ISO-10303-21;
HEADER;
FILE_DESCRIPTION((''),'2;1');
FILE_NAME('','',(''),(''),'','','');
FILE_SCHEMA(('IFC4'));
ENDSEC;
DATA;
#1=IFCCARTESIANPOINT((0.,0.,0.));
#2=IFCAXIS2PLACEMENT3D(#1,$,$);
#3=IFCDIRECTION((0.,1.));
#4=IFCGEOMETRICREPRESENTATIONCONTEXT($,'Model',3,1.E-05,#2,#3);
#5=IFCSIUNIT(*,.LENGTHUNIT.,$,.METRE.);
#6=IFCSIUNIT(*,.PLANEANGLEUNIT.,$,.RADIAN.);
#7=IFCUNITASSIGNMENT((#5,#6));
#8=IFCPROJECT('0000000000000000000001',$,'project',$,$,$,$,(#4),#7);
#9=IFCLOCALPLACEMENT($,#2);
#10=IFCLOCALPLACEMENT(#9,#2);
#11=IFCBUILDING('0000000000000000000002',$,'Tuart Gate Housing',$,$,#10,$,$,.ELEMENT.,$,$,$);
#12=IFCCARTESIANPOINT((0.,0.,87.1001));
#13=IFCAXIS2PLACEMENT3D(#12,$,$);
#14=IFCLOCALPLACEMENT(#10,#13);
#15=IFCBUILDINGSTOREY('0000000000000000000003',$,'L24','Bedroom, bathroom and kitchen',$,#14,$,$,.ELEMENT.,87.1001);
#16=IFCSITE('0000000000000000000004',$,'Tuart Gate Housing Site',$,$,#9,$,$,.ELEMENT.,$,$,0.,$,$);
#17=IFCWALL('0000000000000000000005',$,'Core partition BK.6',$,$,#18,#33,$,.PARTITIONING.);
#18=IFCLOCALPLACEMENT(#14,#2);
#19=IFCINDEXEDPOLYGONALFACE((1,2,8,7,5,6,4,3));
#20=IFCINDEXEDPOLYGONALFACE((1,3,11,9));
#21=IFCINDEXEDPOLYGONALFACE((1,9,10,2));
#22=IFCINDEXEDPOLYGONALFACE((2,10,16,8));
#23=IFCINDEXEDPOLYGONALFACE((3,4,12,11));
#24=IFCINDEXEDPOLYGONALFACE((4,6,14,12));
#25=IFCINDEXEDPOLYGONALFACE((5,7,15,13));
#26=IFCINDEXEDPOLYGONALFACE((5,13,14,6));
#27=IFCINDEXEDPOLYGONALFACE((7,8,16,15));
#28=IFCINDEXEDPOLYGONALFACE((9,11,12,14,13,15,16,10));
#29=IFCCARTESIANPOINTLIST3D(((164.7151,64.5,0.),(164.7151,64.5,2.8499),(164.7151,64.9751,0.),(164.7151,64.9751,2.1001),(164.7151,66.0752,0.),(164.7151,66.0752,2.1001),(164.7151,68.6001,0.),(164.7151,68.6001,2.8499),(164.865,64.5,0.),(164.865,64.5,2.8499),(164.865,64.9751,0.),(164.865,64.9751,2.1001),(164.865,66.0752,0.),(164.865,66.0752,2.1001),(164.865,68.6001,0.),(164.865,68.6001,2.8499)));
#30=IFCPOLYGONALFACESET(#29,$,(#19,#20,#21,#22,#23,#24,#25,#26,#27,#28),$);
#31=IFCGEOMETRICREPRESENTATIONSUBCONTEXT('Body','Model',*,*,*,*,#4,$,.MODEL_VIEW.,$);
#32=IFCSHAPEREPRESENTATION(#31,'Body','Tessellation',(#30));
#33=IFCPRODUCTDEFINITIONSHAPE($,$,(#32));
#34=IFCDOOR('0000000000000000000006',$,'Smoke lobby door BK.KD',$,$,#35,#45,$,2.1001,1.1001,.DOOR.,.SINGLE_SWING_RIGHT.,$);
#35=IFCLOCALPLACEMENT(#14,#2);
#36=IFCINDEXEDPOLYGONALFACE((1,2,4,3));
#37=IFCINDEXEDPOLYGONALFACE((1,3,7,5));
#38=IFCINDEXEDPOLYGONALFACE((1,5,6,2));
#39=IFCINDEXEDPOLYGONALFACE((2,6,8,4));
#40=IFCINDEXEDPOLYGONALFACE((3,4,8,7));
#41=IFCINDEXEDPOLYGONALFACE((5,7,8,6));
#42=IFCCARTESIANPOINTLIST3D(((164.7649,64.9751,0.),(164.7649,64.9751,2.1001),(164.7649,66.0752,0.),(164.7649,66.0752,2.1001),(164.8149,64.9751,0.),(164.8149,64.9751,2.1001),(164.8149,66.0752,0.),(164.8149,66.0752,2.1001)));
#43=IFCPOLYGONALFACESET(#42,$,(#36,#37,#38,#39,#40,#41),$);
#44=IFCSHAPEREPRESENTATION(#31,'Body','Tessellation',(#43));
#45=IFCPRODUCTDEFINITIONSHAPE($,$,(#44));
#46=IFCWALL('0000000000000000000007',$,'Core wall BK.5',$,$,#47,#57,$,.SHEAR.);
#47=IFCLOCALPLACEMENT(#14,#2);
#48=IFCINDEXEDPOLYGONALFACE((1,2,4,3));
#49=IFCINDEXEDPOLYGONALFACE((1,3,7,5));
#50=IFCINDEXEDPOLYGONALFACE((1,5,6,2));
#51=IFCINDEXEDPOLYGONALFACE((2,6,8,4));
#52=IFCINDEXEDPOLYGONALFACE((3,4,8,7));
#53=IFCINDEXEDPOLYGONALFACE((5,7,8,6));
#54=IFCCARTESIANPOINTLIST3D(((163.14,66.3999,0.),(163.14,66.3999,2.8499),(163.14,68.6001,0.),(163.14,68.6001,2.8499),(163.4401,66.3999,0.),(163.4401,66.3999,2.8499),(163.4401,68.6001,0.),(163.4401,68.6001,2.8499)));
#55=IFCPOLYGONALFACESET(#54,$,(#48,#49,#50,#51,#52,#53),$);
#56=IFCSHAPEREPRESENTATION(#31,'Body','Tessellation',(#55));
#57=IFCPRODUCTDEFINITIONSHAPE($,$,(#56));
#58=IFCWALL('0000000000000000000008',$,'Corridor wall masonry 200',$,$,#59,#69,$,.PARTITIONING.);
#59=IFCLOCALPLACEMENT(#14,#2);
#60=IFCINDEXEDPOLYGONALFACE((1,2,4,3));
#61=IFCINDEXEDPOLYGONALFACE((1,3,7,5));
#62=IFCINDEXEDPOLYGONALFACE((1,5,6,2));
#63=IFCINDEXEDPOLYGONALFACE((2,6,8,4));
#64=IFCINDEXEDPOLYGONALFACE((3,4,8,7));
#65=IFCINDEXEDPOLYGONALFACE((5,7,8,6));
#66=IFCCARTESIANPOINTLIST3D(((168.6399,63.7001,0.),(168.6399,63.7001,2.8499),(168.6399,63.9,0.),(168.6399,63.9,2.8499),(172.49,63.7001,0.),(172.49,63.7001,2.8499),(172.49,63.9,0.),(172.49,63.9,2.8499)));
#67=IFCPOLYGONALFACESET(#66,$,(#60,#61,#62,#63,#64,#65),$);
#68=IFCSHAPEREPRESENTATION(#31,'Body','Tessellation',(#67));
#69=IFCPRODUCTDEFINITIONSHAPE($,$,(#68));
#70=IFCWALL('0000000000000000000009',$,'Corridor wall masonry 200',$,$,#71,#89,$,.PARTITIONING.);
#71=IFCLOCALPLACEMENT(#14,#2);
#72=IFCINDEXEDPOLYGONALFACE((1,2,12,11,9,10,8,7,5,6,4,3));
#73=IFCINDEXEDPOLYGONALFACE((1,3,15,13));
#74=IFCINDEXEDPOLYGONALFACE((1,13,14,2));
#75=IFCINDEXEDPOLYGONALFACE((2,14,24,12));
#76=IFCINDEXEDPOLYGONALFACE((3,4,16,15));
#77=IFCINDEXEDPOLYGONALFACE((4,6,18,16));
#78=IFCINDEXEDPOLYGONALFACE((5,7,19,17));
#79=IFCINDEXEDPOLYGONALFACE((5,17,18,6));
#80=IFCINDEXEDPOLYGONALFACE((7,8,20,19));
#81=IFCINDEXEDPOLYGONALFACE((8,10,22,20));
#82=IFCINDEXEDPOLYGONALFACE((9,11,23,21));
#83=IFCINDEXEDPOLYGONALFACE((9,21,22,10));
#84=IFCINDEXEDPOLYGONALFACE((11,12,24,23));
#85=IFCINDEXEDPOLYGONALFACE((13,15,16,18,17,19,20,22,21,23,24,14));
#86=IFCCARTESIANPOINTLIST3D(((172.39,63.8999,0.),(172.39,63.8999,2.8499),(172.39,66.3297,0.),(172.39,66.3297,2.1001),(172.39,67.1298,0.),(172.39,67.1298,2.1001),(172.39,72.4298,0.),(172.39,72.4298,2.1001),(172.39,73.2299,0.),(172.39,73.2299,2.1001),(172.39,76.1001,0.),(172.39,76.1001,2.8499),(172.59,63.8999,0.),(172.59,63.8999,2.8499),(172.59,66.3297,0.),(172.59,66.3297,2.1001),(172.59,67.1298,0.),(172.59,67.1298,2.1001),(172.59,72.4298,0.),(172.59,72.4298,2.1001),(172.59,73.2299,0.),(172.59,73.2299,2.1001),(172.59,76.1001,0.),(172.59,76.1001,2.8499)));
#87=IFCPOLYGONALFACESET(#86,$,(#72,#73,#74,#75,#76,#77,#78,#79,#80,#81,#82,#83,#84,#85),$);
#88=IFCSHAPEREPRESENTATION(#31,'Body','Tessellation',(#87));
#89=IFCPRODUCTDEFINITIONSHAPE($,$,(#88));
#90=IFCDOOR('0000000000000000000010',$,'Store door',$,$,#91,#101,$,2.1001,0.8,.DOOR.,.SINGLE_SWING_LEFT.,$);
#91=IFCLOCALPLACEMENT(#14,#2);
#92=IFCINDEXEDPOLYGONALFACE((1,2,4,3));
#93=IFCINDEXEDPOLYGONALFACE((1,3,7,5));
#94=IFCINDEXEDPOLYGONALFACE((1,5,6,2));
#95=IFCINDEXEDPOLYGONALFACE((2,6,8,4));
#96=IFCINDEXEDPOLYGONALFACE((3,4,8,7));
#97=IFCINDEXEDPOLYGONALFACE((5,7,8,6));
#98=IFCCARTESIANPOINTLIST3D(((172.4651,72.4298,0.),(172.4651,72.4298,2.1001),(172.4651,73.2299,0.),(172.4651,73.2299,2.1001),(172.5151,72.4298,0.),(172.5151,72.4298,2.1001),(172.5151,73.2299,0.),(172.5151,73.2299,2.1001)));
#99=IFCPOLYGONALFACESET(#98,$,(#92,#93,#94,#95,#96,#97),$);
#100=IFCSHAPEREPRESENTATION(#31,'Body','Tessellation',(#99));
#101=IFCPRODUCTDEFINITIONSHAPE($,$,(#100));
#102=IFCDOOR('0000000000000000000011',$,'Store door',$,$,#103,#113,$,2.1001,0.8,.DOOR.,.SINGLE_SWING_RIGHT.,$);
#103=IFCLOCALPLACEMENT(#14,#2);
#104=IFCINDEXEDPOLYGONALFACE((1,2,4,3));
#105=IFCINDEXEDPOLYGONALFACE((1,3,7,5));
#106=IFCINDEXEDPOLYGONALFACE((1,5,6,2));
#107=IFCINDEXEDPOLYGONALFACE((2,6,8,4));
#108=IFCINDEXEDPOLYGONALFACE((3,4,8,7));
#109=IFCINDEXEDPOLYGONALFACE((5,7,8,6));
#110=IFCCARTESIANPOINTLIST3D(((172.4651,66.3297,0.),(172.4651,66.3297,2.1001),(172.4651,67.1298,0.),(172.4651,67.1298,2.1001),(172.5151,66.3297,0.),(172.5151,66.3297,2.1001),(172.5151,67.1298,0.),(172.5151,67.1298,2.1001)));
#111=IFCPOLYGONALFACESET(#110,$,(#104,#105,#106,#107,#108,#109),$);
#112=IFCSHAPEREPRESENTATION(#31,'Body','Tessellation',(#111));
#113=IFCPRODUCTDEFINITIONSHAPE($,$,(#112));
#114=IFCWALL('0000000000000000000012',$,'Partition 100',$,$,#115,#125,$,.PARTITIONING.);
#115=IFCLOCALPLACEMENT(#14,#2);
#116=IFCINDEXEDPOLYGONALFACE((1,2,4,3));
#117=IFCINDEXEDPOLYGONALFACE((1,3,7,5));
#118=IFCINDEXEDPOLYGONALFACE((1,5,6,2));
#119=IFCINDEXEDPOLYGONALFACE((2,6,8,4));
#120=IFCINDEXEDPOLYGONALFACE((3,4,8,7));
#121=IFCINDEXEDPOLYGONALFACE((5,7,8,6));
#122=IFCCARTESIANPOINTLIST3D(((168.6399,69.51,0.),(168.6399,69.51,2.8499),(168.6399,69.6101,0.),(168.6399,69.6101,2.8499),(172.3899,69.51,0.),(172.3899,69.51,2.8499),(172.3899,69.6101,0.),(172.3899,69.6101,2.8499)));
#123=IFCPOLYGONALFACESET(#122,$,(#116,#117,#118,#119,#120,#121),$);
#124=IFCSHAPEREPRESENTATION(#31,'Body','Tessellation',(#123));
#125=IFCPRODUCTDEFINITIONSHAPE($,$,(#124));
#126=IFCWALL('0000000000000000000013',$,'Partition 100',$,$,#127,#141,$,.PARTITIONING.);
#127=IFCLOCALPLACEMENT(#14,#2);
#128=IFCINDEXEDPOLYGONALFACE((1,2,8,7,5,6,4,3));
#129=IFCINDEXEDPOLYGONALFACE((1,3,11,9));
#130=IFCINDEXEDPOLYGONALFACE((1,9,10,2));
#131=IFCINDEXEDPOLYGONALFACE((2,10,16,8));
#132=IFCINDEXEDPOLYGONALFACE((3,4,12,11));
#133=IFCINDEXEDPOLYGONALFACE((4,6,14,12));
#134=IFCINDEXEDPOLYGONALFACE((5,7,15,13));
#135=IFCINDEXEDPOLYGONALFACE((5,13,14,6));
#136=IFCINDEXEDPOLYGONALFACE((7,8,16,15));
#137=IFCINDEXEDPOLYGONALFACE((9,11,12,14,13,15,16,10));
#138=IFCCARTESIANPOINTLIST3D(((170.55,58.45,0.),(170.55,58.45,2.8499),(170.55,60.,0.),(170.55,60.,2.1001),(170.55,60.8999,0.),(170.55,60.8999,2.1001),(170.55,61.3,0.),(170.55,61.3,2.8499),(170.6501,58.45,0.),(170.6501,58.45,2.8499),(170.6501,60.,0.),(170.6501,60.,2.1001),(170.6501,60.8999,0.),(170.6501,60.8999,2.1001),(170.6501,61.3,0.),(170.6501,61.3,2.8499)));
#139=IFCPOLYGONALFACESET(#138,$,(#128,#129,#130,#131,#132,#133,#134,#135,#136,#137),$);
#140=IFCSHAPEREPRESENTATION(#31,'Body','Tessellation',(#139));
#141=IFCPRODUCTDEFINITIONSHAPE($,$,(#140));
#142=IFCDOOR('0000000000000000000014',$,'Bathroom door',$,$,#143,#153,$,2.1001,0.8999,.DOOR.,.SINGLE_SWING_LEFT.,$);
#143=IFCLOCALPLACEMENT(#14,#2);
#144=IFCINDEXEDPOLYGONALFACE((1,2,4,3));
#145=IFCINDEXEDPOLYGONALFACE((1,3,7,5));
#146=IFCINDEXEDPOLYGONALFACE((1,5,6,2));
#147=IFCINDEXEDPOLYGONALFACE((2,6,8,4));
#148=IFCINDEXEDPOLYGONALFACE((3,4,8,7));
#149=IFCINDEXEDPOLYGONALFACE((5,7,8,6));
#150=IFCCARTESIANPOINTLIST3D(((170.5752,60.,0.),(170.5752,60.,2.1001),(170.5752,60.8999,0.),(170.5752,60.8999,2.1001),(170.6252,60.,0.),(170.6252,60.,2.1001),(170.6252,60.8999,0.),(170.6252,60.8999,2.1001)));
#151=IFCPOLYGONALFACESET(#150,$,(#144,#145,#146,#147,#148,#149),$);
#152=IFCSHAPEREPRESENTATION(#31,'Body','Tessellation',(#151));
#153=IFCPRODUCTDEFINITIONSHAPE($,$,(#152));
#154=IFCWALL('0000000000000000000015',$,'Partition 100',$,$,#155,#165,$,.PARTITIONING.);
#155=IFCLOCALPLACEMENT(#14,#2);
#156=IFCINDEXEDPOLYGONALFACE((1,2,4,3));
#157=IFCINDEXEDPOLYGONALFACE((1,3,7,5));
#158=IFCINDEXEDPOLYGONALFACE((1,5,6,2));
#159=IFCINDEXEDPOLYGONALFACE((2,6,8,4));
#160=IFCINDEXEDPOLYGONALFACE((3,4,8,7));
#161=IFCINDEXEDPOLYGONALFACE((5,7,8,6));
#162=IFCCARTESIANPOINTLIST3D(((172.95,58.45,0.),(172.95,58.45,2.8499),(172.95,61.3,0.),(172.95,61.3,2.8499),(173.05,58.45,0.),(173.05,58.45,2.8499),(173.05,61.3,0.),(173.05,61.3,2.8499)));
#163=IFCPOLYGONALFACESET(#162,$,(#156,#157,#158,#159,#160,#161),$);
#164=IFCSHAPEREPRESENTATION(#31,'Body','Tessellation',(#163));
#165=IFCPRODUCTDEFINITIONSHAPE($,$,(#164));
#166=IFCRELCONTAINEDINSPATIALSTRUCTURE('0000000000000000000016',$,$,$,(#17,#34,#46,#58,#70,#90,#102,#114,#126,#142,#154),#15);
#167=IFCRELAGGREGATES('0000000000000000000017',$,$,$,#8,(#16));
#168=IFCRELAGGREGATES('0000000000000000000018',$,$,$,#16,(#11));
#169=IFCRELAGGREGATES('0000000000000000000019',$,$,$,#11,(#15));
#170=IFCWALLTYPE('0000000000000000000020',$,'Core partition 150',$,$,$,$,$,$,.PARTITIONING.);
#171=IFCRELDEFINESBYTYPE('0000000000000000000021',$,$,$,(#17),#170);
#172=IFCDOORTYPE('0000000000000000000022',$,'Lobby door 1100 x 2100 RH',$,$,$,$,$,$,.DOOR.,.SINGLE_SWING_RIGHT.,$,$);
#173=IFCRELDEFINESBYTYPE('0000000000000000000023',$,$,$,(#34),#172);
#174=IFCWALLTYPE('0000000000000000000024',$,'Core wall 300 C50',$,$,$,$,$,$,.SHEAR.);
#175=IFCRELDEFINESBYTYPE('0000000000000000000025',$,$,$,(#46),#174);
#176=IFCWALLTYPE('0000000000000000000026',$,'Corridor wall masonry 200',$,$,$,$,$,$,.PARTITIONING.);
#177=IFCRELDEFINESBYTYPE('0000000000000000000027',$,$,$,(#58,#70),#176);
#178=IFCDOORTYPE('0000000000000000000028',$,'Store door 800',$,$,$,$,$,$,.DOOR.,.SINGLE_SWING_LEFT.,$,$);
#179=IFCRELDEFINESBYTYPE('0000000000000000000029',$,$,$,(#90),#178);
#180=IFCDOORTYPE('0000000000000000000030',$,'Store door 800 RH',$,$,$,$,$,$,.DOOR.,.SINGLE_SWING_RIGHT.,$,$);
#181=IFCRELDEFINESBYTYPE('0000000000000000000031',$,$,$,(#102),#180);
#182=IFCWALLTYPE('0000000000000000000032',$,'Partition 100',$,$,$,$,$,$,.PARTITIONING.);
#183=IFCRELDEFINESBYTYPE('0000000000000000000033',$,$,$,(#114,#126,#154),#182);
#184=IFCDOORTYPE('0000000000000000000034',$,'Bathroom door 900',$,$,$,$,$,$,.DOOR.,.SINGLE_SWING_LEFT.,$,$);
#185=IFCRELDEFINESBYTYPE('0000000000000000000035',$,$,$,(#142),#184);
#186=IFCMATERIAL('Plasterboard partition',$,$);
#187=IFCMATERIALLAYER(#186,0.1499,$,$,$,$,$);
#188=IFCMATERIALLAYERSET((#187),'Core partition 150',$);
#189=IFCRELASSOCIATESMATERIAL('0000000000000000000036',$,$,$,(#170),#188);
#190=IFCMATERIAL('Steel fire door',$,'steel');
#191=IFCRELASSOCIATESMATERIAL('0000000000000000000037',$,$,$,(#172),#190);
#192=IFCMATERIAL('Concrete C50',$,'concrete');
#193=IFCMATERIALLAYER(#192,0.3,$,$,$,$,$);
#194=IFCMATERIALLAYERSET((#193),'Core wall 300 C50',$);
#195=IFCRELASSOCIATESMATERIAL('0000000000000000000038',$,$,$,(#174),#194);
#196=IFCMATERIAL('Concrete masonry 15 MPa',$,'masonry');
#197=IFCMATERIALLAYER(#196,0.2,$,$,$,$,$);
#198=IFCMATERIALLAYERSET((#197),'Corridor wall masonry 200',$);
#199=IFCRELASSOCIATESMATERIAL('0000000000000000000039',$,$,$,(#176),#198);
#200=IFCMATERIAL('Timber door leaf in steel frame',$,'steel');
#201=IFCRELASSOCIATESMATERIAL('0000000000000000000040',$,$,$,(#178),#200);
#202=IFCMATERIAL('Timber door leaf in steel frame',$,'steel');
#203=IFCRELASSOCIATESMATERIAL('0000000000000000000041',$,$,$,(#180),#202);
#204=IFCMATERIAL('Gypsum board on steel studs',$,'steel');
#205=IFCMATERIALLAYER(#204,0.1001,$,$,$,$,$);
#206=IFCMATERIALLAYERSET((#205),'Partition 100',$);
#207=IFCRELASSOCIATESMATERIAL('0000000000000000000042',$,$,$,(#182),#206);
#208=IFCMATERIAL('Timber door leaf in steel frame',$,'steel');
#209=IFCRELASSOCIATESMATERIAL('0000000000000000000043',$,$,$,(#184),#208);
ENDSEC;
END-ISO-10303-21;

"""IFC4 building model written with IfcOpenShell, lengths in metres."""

from ifc_helpers import new_model, si_unit, direction, frame, frame_2d, origin, place, context, subcontext, project, spatial, rectangle, extrude, material, layer, layer_set, type_object, element, fill, save


model = new_model("IFC4")

# Units and contexts
model_context = context("Model", 3, precision=1e-05, world=origin(), true_north=direction((0.0, 1.0)))
body_context = subcontext(model_context, "Body", "Model", "MODEL_VIEW")
ifc_project = project(units=[si_unit("LENGTHUNIT", "METRE"), si_unit("PLANEANGLEUNIT", "RADIAN")], contexts=[model_context])

# Site, building, storey
site_placement = place(None, origin())
site = spatial("IfcSite", under=ifc_project, at=site_placement, Name="Tuart Gate Housing Site", CompositionType="ELEMENT", RefElevation=0.0)
building_placement = place(site_placement, origin())
building = spatial("IfcBuilding", under=site, at=building_placement, Name="Tuart Gate Housing", CompositionType="ELEMENT")
storey_placement = place(building_placement, frame((0.0, 0.0, 87.1001)))
storey = spatial("IfcBuildingStorey", under=building, at=storey_placement, Name="L24", Description="Bedroom, bathroom and kitchen", CompositionType="ELEMENT", Elevation=87.1001)

# Wall, opening, door
ifc_material_1 = material(Name="Plasterboard partition")
ifc_layer_1 = layer(ifc_material_1, 0.1499)
ifc_layer_set_1 = layer_set([ifc_layer_1], Name="Core partition 150")
wall_type_1 = type_object("IfcWallType", Name="Core partition 150", PredefinedType="PARTITIONING", material=ifc_layer_set_1)
wall_1_placement = place(storey_placement, frame((164.79, 68.6001, 0.0), z_axis=(0.0, 0.0, 1.0), x_axis=(0.0, -1.0, 0.0)))
wall_1 = element("IfcWall", 1, at=wall_1_placement, inside=storey, type_object=wall_type_1, Name="Core partition BK.6", PredefinedType="PARTITIONING", context=body_context, shape_type="SweptSolid", body=[
    extrude(rectangle(XDim=4.1001, YDim=0.1499, at=frame_2d((2.05, 0.0))), origin(), (0.0, 0.0, 1.0), 2.8499),
])
opening_1_placement = place(wall_1_placement, frame((2.5249, 0.0, 0.0)))
opening_1 = element("IfcOpeningElement", 2, at=opening_1_placement, cuts=wall_1, PredefinedType="OPENING", context=body_context, shape_type="SweptSolid", body=[
    extrude(rectangle(XDim=1.1001, YDim=2.1001, at=frame_2d((0.55, 1.05))), frame((0.0, 0.085, 0.0), z_axis=(0.0, -1.0, 0.0), x_axis=(1.0, 0.0, 0.0)), (0.0, 0.0, 1.0), 0.1699),
])
ifc_material_2 = material(Name="Steel fire door", Category="steel")
door_type_1 = type_object("IfcDoorType", Name="Lobby door 1100 x 2100 RH", OperationType="SINGLE_SWING_RIGHT", PredefinedType="DOOR", material=ifc_material_2)
door_1_placement = place(opening_1_placement, origin())
door_1 = element("IfcDoor", 3, at=door_1_placement, inside=storey, type_object=door_type_1, Name="Smoke lobby door BK.KD", OperationType="SINGLE_SWING_RIGHT", OverallHeight=2.1001, OverallWidth=1.1001, PredefinedType="DOOR", context=body_context, shape_type="SweptSolid", body=[
    extrude(rectangle(XDim=1.1001, YDim=2.1001, at=frame_2d((0.55, 1.05))), frame((0.0, 0.0249, 0.0), z_axis=(0.0, -1.0, 0.0), x_axis=(1.0, 0.0, 0.0)), (0.0, 0.0, 1.0), 0.05),
])
fill(opening_1, door_1)

# Walls
ifc_material_3 = material(Name="Concrete C50", Category="concrete")
ifc_layer_2 = layer(ifc_material_3, 0.3)
ifc_layer_set_2 = layer_set([ifc_layer_2], Name="Core wall 300 C50")
wall_type_2 = type_object("IfcWallType", Name="Core wall 300 C50", PredefinedType="SHEAR", material=ifc_layer_set_2)
wall_2_placement = place(storey_placement, frame((163.29, 68.6001, 0.0), z_axis=(0.0, 0.0, 1.0), x_axis=(0.0, -1.0, 0.0)))
element("IfcWall", 4, at=wall_2_placement, inside=storey, type_object=wall_type_2, Name="Core wall BK.5", PredefinedType="SHEAR", context=body_context, shape_type="SweptSolid", body=[
    extrude(rectangle(XDim=2.2002, YDim=0.3, at=frame_2d((1.1001, 0.0))), origin(), (0.0, 0.0, 1.0), 2.8499),
])
ifc_material_4 = material(Name="Concrete masonry 15 MPa", Category="masonry")
ifc_layer_3 = layer(ifc_material_4, 0.2)
ifc_layer_set_3 = layer_set([ifc_layer_3], Name="Corridor wall masonry 200")
wall_type_3 = type_object("IfcWallType", Name="Corridor wall masonry 200", PredefinedType="PARTITIONING", material=ifc_layer_set_3)
wall_3_placement = place(storey_placement, frame((168.6399, 63.8, 0.0), z_axis=(0.0, 0.0, 1.0), x_axis=(1.0, 0.0, 0.0)))
element("IfcWall", 5, at=wall_3_placement, inside=storey, type_object=wall_type_3, Name="Corridor wall masonry 200", PredefinedType="PARTITIONING", context=body_context, shape_type="SweptSolid", body=[
    extrude(rectangle(XDim=3.8501, YDim=0.2, at=frame_2d((1.925, 0.0))), origin(), (0.0, 0.0, 1.0), 2.8499),
])

# Wall, openings, doors
wall_4_placement = place(storey_placement, frame((172.49, 63.8999, 0.0), z_axis=(0.0, 0.0, 1.0), x_axis=(0.0, 1.0, 0.0)))
wall_4 = element("IfcWall", 6, at=wall_4_placement, inside=storey, type_object=wall_type_3, Name="Corridor wall masonry 200", PredefinedType="PARTITIONING", context=body_context, shape_type="SweptSolid", body=[
    extrude(rectangle(XDim=12.2002, YDim=0.2, at=frame_2d((6.1001, 0.0))), origin(), (0.0, 0.0, 1.0), 2.8499),
])
opening_2_placement = place(wall_4_placement, frame((2.4299, 0.0, 0.0)))
opening_2 = element("IfcOpeningElement", 7, at=opening_2_placement, cuts=wall_4, PredefinedType="OPENING", context=body_context, shape_type="SweptSolid", body=[
    extrude(rectangle(XDim=0.8, YDim=2.1001, at=frame_2d((0.3999, 1.05))), frame((0.0, 0.1099, 0.0), z_axis=(0.0, -1.0, 0.0), x_axis=(1.0, 0.0, 0.0)), (0.0, 0.0, 1.0), 0.22),
])
opening_3_placement = place(wall_4_placement, frame((8.53, 0.0, 0.0)))
opening_3 = element("IfcOpeningElement", 8, at=opening_3_placement, cuts=wall_4, PredefinedType="OPENING", context=body_context, shape_type="SweptSolid", body=[
    extrude(rectangle(XDim=0.8, YDim=2.1001, at=frame_2d((0.3999, 1.05))), frame((0.0, 0.1099, 0.0), z_axis=(0.0, -1.0, 0.0), x_axis=(1.0, 0.0, 0.0)), (0.0, 0.0, 1.0), 0.22),
])
ifc_material_5 = material(Name="Timber door leaf in steel frame", Category="steel")
door_type_2 = type_object("IfcDoorType", Name="Store door 800", OperationType="SINGLE_SWING_LEFT", PredefinedType="DOOR", material=ifc_material_5)
door_2_placement = place(opening_3_placement, origin())
door_2 = element("IfcDoor", 9, at=door_2_placement, inside=storey, type_object=door_type_2, Name="Store door", OperationType="SINGLE_SWING_LEFT", OverallHeight=2.1001, OverallWidth=0.8, PredefinedType="DOOR", context=body_context, shape_type="SweptSolid", body=[
    extrude(rectangle(XDim=0.8, YDim=2.1001, at=frame_2d((0.3999, 1.05))), frame((0.0, 0.0249, 0.0), z_axis=(0.0, -1.0, 0.0), x_axis=(1.0, 0.0, 0.0)), (0.0, 0.0, 1.0), 0.05),
])
fill(opening_3, door_2)
ifc_material_6 = material(Name="Timber door leaf in steel frame", Category="steel")
door_type_3 = type_object("IfcDoorType", Name="Store door 800 RH", OperationType="SINGLE_SWING_RIGHT", PredefinedType="DOOR", material=ifc_material_6)
door_3_placement = place(opening_2_placement, origin())
door_3 = element("IfcDoor", 10, at=door_3_placement, inside=storey, type_object=door_type_3, Name="Store door", OperationType="SINGLE_SWING_RIGHT", OverallHeight=2.1001, OverallWidth=0.8, PredefinedType="DOOR", context=body_context, shape_type="SweptSolid", body=[
    extrude(rectangle(XDim=0.8, YDim=2.1001, at=frame_2d((0.3999, 1.05))), frame((0.0, 0.0249, 0.0), z_axis=(0.0, -1.0, 0.0), x_axis=(1.0, 0.0, 0.0)), (0.0, 0.0, 1.0), 0.05),
])
fill(opening_2, door_3)

# Wall
ifc_material_7 = material(Name="Gypsum board on steel studs", Category="steel")
ifc_layer_4 = layer(ifc_material_7, 0.1001)
ifc_layer_set_4 = layer_set([ifc_layer_4], Name="Partition 100")
wall_type_4 = type_object("IfcWallType", Name="Partition 100", PredefinedType="PARTITIONING", material=ifc_layer_set_4)
wall_5_placement = place(storey_placement, frame((168.6399, 69.5601, 0.0), z_axis=(0.0, 0.0, 1.0), x_axis=(1.0, 0.0, 0.0)))
element("IfcWall", 11, at=wall_5_placement, inside=storey, type_object=wall_type_4, Name="Partition 100", PredefinedType="PARTITIONING", context=body_context, shape_type="SweptSolid", body=[
    extrude(rectangle(XDim=3.75, YDim=0.1001, at=frame_2d((1.875, 0.0))), origin(), (0.0, 0.0, 1.0), 2.8499),
])

# Wall, opening, door
wall_6_placement = place(storey_placement, frame((170.6001, 58.45, 0.0), z_axis=(0.0, 0.0, 1.0), x_axis=(0.0, 1.0, 0.0)))
wall_6 = element("IfcWall", 12, at=wall_6_placement, inside=storey, type_object=wall_type_4, Name="Partition 100", PredefinedType="PARTITIONING", context=body_context, shape_type="SweptSolid", body=[
    extrude(rectangle(XDim=2.8501, YDim=0.1001, at=frame_2d((1.425, 0.0))), origin(), (0.0, 0.0, 1.0), 2.8499),
])
opening_4_placement = place(wall_6_placement, frame((1.55, 0.0, 0.0)))
opening_4 = element("IfcOpeningElement", 13, at=opening_4_placement, cuts=wall_6, PredefinedType="OPENING", context=body_context, shape_type="SweptSolid", body=[
    extrude(rectangle(XDim=0.8999, YDim=2.1001, at=frame_2d((0.45, 1.05))), frame((0.0, 0.0601, 0.0), z_axis=(0.0, -1.0, 0.0), x_axis=(1.0, 0.0, 0.0)), (0.0, 0.0, 1.0), 0.1201),
])
ifc_material_8 = material(Name="Timber door leaf in steel frame", Category="steel")
door_type_4 = type_object("IfcDoorType", Name="Bathroom door 900", OperationType="SINGLE_SWING_LEFT", PredefinedType="DOOR", material=ifc_material_8)
door_4_placement = place(opening_4_placement, frame((0.8999, 0.0, 0.0), z_axis=(0.0, 0.0, 1.0), x_axis=(-1.0, 0.0, 0.0)))
door_4 = element("IfcDoor", 14, at=door_4_placement, inside=storey, type_object=door_type_4, Name="Bathroom door", OperationType="SINGLE_SWING_LEFT", OverallHeight=2.1001, OverallWidth=0.8999, PredefinedType="DOOR", context=body_context, shape_type="SweptSolid", body=[
    extrude(rectangle(XDim=0.8999, YDim=2.1001, at=frame_2d((0.45, 1.05))), frame((0.0, 0.0251, 0.0), z_axis=(0.0, -1.0, 0.0), x_axis=(1.0, 0.0, 0.0)), (0.0, 0.0, 1.0), 0.05),
])
fill(opening_4, door_4)

# Wall
wall_7_placement = place(storey_placement, frame((173.0, 58.45, 0.0), z_axis=(0.0, 0.0, 1.0), x_axis=(0.0, 1.0, 0.0)))
element("IfcWall", 15, at=wall_7_placement, inside=storey, type_object=wall_type_4, Name="Partition 100", PredefinedType="PARTITIONING", context=body_context, shape_type="SweptSolid", body=[
    extrude(rectangle(XDim=2.8501, YDim=0.1001, at=frame_2d((1.425, 0.0))), origin(), (0.0, 0.0, 1.0), 2.8499),
])

save(model, "model.ifc")
